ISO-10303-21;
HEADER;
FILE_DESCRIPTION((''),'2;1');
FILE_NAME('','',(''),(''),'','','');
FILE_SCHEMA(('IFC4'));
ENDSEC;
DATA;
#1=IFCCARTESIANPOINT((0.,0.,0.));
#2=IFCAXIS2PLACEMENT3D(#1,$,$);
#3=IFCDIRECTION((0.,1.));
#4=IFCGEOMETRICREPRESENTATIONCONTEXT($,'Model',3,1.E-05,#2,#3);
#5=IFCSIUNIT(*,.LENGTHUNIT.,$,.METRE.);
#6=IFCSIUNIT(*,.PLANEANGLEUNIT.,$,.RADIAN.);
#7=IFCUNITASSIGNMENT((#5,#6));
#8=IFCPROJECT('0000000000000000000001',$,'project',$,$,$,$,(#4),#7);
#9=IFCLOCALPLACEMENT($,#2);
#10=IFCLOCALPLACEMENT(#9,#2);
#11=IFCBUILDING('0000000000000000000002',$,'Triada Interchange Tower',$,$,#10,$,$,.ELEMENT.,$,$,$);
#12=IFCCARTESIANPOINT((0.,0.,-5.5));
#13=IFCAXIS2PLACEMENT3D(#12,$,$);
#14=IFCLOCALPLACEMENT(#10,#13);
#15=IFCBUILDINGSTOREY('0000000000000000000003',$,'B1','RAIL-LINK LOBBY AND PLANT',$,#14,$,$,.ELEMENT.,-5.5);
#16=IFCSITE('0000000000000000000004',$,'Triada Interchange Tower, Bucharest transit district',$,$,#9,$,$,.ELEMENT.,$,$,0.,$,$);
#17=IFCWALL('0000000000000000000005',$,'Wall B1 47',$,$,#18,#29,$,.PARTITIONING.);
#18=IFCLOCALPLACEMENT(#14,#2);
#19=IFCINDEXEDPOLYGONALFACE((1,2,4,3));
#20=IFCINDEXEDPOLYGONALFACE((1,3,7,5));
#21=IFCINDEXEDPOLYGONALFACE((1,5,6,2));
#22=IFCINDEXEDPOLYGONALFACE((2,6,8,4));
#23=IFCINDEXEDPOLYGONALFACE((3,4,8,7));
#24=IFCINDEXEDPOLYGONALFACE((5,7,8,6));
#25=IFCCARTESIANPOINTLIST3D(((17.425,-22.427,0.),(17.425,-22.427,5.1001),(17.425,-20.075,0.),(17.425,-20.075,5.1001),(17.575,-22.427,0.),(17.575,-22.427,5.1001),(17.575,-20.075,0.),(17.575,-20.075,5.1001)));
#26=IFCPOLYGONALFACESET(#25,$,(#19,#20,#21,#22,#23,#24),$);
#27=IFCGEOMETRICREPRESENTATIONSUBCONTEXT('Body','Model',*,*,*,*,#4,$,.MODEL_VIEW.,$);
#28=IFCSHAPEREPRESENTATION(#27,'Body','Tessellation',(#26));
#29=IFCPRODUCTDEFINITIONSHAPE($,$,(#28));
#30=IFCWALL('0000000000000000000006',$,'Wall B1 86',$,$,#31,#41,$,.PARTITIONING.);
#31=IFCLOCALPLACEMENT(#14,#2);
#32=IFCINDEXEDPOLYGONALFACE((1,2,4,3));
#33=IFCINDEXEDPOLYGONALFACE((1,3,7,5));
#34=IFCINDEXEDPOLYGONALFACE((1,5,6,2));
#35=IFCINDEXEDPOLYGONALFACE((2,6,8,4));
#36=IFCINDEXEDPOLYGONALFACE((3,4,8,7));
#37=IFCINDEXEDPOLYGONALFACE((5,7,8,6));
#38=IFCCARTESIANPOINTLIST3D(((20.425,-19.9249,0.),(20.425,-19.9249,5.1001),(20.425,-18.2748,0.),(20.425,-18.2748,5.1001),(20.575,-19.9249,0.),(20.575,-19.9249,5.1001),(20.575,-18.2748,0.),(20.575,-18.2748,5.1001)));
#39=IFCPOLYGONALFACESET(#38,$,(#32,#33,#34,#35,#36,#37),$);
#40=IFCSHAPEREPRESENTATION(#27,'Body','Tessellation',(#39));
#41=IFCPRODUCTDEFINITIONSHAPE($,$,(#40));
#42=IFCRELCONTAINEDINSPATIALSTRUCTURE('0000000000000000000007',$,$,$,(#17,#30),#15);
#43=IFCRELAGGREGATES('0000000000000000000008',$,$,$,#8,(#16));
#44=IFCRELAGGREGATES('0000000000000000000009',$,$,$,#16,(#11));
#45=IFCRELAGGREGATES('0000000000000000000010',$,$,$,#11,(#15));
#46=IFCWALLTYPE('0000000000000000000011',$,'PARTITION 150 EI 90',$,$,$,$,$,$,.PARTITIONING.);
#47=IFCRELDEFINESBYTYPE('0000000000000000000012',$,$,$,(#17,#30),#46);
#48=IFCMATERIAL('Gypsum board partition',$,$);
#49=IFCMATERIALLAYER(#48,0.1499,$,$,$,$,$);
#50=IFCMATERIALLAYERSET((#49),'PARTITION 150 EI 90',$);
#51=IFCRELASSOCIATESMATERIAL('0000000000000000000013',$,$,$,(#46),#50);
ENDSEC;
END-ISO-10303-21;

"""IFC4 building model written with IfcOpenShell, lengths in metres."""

from ifc_helpers import new_model, si_unit, direction, frame, frame_2d, origin, place, context, subcontext, project, spatial, rectangle, extrude, material, layer, layer_set, type_object, element, save


model = new_model("IFC4")

# Units and contexts
model_context = context("Model", 3, precision=1e-05, world=origin(), true_north=direction((0.0, 1.0)))
body_context = subcontext(model_context, "Body", "Model", "MODEL_VIEW")
ifc_project = project(units=[si_unit("LENGTHUNIT", "METRE"), si_unit("PLANEANGLEUNIT", "RADIAN")], contexts=[model_context])

# Site, building, storey
site_placement = place(None, origin())
site = spatial("IfcSite", under=ifc_project, at=site_placement, Name="Triada Interchange Tower, Bucharest transit district", CompositionType="ELEMENT", RefElevation=0.0)
building_placement = place(site_placement, origin())
building = spatial("IfcBuilding", under=site, at=building_placement, Name="Triada Interchange Tower", CompositionType="ELEMENT")
storey_placement = place(building_placement, frame((0.0, 0.0, -5.5)))
storey = spatial("IfcBuildingStorey", under=building, at=storey_placement, Name="B1", Description="RAIL-LINK LOBBY AND PLANT", CompositionType="ELEMENT", Elevation=-5.5)

# Shared definitions
ifc_material_1 = material(Name="Gypsum board partition")

# Shared definitions
ifc_layer_1 = layer(ifc_material_1, 0.1499)
ifc_layer_set_1 = layer_set([ifc_layer_1], Name="PARTITION 150 EI 90")
wall_type_1 = type_object("IfcWallType", Name="PARTITION 150 EI 90", PredefinedType="PARTITIONING", material=ifc_layer_set_1)

# Walls
wall_1_placement = place(storey_placement, frame((17.5, -22.427, 0.0), z_axis=(0.0, 0.0, 1.0), x_axis=(0.0, 1.0, 0.0)))
element("IfcWall", 1, at=wall_1_placement, inside=storey, type_object=wall_type_1, Name="Wall B1 47", PredefinedType="PARTITIONING", context=body_context, shape_type="SweptSolid", body=[
    extrude(rectangle(XDim=2.3521, YDim=0.1499, at=frame_2d((1.176, 0.0))), origin(), (0.0, 0.0, 1.0), 5.1001),
])
wall_2_placement = place(storey_placement, frame((20.5, -19.925, 0.0), z_axis=(0.0, 0.0, 1.0), x_axis=(0.0, 1.0, 0.0)))
element("IfcWall", 2, at=wall_2_placement, inside=storey, type_object=wall_type_1, Name="Wall B1 86", PredefinedType="PARTITIONING", context=body_context, shape_type="SweptSolid", body=[
    extrude(rectangle(XDim=1.6501, YDim=0.1499, at=frame_2d((0.8252, 0.0))), origin(), (0.0, 0.0, 1.0), 5.1001),
])

save(model, "model.ifc")
